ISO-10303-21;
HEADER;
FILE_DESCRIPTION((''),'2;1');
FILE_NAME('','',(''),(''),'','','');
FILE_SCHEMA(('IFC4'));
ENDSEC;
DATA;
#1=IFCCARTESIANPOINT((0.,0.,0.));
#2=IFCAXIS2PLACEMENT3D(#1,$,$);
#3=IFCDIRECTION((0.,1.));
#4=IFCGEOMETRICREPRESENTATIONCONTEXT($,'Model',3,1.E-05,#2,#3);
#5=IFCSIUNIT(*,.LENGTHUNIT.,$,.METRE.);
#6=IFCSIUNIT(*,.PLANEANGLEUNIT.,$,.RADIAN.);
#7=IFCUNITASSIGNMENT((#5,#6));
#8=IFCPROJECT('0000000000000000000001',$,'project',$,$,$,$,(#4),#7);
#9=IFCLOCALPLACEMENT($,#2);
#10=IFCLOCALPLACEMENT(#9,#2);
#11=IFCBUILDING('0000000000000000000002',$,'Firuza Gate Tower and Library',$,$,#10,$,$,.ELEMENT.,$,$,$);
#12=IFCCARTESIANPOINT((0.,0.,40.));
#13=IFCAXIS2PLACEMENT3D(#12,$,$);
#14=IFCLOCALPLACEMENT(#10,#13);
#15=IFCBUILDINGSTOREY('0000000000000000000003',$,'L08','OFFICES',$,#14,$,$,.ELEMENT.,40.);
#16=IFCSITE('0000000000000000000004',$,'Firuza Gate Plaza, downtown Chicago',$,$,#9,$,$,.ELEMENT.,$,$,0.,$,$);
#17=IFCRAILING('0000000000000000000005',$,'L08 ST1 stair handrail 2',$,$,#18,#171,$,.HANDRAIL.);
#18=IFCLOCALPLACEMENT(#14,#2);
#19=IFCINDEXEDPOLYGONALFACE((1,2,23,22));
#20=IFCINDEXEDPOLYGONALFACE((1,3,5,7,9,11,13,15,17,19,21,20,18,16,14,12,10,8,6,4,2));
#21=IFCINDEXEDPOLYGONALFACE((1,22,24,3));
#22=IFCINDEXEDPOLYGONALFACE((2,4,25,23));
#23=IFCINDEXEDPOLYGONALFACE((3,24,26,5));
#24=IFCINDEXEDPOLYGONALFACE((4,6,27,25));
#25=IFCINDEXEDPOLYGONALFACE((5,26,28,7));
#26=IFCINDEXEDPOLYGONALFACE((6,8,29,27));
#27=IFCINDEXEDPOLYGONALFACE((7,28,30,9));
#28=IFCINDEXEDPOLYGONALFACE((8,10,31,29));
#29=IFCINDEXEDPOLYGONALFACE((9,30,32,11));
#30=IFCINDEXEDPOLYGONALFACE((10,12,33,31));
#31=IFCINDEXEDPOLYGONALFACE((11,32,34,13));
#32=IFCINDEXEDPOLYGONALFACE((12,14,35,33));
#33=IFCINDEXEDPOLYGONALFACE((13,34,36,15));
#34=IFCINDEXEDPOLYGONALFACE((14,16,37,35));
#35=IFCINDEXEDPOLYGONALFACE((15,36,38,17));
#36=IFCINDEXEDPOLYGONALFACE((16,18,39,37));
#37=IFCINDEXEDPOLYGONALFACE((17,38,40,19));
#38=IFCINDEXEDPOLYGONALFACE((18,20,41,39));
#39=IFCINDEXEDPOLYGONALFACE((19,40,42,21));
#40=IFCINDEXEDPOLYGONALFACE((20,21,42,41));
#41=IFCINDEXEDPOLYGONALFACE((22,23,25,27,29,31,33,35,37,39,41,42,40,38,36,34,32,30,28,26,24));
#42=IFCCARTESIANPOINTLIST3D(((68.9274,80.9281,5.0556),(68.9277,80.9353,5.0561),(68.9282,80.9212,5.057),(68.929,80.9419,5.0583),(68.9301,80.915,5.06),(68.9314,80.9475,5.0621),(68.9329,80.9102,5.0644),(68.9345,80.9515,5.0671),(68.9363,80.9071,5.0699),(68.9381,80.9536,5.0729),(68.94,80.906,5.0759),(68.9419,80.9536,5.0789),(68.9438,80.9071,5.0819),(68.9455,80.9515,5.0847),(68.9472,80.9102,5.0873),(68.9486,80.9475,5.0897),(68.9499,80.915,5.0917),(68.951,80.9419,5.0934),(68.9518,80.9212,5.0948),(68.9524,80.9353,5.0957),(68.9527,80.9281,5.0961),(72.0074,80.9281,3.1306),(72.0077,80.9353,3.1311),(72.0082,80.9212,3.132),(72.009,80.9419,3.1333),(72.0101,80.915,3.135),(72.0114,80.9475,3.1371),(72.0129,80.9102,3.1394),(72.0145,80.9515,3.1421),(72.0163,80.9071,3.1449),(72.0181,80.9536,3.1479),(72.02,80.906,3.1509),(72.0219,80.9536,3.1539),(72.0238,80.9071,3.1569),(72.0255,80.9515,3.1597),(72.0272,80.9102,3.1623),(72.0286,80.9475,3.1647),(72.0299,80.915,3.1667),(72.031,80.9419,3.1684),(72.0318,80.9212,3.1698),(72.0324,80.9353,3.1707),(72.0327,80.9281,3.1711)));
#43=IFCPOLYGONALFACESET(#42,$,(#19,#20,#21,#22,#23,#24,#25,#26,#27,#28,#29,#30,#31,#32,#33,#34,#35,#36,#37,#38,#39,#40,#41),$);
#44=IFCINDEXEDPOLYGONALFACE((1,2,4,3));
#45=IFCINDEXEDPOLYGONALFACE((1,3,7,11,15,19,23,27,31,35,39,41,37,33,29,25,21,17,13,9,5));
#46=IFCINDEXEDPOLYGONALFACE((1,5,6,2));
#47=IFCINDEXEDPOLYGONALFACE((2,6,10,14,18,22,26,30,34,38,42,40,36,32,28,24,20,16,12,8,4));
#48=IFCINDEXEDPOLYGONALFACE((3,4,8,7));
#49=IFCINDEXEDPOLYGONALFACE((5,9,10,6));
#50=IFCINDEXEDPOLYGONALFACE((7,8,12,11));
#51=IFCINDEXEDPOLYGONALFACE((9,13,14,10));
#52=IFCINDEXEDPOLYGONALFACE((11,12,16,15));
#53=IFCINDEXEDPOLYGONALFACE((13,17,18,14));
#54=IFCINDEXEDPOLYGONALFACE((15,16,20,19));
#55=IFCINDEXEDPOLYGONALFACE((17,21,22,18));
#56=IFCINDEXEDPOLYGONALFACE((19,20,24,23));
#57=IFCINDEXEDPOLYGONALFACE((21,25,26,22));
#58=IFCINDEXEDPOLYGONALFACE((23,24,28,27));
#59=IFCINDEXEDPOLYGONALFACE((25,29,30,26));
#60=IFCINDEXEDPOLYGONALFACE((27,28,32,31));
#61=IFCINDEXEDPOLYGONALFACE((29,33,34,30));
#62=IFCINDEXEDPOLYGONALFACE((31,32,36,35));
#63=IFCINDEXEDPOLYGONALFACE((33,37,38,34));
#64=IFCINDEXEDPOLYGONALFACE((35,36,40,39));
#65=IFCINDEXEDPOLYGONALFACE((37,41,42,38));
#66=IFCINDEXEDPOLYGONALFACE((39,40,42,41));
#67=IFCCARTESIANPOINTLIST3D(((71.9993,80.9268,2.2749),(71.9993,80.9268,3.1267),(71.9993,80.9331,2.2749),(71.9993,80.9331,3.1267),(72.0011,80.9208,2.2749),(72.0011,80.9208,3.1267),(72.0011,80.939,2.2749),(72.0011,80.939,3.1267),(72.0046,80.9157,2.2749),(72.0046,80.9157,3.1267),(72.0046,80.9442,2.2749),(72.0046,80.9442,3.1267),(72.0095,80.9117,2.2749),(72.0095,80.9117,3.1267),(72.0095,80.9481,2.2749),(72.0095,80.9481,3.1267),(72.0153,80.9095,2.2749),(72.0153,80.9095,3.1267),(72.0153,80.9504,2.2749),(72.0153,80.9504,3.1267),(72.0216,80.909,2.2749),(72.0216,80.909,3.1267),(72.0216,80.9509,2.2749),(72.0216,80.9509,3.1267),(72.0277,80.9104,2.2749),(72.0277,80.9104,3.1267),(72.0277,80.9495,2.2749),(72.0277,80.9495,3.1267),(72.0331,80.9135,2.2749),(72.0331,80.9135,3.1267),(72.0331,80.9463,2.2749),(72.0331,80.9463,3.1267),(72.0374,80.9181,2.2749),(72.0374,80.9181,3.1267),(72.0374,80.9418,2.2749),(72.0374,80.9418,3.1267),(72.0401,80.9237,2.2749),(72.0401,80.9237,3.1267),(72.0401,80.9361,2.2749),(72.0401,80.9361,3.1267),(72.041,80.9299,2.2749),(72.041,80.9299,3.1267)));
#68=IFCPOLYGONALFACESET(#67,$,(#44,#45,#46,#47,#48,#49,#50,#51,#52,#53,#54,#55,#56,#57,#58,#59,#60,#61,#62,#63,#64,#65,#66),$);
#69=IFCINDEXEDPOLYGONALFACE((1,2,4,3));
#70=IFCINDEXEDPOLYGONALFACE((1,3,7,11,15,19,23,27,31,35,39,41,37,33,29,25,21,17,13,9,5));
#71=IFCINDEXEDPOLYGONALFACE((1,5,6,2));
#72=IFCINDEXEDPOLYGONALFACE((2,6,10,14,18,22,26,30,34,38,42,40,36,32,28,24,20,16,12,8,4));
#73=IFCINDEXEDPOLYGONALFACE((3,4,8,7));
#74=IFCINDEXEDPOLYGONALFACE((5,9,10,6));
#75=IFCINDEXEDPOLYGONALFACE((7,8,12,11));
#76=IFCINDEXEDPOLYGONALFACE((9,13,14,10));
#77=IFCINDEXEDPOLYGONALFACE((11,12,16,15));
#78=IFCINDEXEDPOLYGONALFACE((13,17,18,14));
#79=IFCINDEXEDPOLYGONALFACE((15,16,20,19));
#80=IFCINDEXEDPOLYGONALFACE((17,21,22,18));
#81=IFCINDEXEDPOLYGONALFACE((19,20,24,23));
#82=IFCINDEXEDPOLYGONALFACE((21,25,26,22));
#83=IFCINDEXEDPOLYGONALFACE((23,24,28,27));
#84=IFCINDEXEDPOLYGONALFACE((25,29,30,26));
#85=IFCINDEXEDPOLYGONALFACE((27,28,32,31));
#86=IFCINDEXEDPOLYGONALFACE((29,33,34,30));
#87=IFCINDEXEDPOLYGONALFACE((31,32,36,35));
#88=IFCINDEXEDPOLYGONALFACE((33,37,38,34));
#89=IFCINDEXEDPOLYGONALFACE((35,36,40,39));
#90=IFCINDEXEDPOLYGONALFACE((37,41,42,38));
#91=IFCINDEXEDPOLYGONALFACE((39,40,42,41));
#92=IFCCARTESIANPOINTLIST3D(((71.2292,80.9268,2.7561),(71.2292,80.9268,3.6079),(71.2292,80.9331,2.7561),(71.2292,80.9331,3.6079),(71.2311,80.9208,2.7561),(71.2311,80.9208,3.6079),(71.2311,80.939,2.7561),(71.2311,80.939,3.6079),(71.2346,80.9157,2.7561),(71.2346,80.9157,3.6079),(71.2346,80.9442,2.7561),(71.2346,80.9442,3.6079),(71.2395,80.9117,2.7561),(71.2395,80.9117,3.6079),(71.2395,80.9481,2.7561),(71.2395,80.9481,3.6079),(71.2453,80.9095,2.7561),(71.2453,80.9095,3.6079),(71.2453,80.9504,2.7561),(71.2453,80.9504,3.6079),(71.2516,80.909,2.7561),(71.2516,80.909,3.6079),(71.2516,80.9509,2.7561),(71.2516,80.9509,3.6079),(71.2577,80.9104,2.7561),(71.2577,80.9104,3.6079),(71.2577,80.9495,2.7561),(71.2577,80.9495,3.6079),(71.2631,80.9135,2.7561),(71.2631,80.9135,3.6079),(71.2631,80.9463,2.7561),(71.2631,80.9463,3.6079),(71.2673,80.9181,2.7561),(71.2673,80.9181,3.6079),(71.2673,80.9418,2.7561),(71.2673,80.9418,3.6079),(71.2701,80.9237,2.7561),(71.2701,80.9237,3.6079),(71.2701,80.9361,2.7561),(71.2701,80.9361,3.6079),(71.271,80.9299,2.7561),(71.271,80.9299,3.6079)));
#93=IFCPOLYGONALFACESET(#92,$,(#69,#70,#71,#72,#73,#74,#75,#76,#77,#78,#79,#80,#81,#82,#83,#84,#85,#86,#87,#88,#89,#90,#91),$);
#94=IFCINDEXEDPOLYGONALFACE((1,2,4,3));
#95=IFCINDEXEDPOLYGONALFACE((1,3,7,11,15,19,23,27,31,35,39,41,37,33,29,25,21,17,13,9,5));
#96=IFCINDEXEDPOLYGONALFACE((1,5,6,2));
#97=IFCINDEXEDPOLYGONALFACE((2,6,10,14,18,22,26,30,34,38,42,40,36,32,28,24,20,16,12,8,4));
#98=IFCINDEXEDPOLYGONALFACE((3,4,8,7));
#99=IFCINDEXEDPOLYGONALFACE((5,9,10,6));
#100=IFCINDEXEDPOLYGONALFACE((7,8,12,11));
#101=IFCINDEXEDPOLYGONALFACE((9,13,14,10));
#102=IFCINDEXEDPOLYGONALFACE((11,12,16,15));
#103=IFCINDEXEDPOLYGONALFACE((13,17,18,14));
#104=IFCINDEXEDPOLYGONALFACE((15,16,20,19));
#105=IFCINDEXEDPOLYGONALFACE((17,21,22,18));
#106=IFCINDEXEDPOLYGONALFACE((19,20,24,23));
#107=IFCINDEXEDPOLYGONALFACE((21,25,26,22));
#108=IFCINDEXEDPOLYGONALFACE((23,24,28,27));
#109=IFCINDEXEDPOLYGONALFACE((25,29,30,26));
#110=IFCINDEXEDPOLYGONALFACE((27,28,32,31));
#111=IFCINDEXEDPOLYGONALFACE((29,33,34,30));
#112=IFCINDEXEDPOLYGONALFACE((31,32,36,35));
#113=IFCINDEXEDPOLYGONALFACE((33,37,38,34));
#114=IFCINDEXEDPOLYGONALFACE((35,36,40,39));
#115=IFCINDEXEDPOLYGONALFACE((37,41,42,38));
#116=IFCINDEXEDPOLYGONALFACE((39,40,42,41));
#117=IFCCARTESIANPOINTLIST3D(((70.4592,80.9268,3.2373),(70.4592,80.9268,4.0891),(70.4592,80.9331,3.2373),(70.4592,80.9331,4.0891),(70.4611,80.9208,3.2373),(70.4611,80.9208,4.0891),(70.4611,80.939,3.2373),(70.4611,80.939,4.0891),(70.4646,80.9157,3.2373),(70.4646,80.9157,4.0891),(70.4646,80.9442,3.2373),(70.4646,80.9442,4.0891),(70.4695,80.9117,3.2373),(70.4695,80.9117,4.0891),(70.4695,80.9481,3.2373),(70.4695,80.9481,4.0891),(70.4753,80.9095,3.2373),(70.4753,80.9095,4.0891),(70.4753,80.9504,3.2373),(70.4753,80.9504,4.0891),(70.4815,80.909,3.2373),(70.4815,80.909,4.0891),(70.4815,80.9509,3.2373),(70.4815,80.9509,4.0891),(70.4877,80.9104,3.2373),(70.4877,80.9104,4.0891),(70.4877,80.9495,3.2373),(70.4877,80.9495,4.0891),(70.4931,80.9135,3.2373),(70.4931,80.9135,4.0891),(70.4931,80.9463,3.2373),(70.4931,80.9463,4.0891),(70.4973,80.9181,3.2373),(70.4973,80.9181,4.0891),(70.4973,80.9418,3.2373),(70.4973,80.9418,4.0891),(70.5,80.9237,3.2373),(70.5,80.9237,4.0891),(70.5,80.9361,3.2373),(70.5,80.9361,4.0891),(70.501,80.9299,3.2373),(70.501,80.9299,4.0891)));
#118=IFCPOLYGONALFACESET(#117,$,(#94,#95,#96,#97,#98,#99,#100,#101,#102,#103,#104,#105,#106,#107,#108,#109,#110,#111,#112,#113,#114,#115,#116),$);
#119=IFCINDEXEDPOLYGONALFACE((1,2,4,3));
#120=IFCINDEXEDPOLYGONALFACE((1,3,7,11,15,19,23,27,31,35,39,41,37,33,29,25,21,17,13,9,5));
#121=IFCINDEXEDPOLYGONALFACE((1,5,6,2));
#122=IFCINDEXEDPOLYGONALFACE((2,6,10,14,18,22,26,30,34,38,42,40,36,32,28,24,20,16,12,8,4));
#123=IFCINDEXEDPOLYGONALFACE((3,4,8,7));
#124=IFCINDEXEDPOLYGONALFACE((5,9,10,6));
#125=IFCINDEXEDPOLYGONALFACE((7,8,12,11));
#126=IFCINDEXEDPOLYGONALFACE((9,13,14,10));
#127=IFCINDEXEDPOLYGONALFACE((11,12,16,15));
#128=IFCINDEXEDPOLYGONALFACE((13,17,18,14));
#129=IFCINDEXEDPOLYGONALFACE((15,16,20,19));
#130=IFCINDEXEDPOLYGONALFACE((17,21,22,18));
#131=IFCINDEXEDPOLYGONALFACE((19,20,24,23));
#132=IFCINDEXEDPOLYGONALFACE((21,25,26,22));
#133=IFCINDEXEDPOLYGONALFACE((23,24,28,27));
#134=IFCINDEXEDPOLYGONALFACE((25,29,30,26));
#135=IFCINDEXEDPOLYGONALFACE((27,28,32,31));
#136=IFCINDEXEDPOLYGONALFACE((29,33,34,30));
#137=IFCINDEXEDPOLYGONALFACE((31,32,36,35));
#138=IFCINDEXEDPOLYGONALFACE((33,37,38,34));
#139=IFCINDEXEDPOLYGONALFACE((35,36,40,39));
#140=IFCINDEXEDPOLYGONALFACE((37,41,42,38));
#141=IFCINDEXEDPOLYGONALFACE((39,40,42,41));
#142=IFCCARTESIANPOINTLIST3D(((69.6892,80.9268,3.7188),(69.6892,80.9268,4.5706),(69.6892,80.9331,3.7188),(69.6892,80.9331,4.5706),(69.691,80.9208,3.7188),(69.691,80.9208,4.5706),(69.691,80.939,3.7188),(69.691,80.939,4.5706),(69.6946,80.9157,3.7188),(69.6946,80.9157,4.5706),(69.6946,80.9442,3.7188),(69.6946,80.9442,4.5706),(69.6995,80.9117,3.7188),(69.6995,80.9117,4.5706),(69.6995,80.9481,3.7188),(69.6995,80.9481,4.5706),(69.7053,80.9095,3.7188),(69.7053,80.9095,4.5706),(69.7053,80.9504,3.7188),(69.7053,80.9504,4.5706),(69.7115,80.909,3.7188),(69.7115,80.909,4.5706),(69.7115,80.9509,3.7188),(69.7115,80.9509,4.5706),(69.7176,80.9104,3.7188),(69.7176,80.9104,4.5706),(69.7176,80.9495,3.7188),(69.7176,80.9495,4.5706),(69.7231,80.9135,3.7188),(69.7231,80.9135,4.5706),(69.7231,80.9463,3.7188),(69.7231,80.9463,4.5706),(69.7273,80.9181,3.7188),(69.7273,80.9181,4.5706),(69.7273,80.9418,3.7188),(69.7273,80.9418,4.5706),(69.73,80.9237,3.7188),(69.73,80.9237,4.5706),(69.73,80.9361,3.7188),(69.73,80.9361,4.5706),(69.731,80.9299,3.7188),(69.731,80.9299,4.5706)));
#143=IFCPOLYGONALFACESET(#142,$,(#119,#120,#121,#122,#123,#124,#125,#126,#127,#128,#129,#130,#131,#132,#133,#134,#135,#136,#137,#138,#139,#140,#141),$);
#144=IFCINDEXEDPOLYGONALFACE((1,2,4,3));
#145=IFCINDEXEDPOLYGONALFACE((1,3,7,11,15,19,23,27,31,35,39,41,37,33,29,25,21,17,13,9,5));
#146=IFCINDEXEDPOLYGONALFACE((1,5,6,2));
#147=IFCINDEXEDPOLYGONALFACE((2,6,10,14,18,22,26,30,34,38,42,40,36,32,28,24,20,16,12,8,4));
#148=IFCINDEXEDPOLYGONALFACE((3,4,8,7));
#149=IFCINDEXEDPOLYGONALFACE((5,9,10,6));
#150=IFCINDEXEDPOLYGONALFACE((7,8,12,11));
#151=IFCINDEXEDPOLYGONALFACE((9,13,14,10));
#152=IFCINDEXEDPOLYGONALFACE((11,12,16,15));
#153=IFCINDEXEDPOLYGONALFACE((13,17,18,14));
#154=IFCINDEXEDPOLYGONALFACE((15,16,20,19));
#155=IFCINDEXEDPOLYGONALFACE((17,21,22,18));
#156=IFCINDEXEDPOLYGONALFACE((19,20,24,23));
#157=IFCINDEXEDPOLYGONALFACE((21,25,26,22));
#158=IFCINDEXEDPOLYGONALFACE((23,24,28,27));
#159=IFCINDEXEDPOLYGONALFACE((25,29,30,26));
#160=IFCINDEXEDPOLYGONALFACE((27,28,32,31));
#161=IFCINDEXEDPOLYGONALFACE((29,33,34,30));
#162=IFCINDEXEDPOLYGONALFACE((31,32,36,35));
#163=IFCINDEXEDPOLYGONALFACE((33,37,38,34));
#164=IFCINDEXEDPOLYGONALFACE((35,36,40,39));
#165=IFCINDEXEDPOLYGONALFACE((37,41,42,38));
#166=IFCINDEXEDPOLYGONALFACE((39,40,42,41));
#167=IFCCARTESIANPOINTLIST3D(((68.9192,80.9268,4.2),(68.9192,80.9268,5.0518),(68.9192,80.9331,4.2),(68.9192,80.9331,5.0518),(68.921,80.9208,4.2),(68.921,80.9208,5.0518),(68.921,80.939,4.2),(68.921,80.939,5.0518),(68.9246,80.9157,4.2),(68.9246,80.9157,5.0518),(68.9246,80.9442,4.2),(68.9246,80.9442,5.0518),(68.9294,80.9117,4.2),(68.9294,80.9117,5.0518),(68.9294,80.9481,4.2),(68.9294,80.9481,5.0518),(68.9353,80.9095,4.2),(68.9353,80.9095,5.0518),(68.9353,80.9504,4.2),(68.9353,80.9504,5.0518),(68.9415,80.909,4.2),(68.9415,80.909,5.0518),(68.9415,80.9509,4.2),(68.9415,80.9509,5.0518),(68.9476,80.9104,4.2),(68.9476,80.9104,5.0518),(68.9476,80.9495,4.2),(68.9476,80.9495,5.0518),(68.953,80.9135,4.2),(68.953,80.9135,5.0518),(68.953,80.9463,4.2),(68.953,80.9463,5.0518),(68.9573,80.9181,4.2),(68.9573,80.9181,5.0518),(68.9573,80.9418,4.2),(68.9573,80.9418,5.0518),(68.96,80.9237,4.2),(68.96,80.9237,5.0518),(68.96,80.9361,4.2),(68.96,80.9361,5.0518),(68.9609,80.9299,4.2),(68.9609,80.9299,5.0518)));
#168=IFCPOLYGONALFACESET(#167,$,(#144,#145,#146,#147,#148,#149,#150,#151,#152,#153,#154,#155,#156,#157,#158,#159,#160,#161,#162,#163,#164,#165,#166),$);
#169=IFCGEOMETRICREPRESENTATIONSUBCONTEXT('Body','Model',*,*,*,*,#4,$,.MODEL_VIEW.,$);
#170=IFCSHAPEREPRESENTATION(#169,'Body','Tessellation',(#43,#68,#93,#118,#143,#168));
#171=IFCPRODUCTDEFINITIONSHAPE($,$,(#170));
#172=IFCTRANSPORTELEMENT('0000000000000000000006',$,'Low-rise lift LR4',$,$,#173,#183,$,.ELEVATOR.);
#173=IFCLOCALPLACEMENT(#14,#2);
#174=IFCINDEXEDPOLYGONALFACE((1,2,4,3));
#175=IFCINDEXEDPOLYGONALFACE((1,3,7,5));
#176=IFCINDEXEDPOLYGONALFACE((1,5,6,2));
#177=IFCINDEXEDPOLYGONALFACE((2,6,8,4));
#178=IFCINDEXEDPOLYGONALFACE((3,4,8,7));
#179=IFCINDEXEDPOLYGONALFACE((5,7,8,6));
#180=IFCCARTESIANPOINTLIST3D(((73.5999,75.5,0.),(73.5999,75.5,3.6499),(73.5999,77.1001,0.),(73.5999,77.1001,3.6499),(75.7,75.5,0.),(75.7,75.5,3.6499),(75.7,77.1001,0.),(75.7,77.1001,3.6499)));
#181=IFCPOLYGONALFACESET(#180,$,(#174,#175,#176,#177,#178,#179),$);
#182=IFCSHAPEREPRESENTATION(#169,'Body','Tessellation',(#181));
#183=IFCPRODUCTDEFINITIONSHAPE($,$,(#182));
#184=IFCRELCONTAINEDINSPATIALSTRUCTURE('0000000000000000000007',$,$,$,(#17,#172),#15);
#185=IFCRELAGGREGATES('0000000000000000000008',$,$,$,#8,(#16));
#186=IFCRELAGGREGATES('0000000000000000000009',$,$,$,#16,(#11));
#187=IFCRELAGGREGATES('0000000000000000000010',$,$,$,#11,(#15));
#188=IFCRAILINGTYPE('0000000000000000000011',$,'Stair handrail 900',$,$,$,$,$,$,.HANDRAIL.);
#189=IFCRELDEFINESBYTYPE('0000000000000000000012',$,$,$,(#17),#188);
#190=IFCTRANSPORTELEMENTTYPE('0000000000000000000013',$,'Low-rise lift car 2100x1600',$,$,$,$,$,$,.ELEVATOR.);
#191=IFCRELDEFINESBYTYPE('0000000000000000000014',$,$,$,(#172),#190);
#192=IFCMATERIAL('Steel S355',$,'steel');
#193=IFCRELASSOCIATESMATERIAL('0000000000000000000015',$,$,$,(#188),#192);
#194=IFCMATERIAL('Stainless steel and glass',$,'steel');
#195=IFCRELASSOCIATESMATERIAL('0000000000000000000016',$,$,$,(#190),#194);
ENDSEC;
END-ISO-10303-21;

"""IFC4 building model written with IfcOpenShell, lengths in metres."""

from ifc_helpers import new_model, si_unit, direction, frame, origin, origin_2d, place, context, subcontext, project, spatial, rectangle, circle, extrude, material, type_object, element, save


model = new_model("IFC4")

# Units and contexts
model_context = context("Model", 3, precision=1e-05, world=origin(), true_north=direction((0.0, 1.0)))
body_context = subcontext(model_context, "Body", "Model", "MODEL_VIEW")
ifc_project = project(units=[si_unit("LENGTHUNIT", "METRE"), si_unit("PLANEANGLEUNIT", "RADIAN")], contexts=[model_context])

# Site, building, storey
site_placement = place(None, origin())
site = spatial("IfcSite", under=ifc_project, at=site_placement, Name="Firuza Gate Plaza, downtown Chicago", CompositionType="ELEMENT", RefElevation=0.0)
building_placement = place(site_placement, origin())
building = spatial("IfcBuilding", under=site, at=building_placement, Name="Firuza Gate Tower and Library", CompositionType="ELEMENT")
storey_placement = place(building_placement, frame((0.0, 0.0, 40.0)))
storey = spatial("IfcBuildingStorey", under=building, at=storey_placement, Name="L08", Description="OFFICES", CompositionType="ELEMENT", Elevation=40.0)

# Railing
ifc_material_1 = material(Name="Steel S355", Category="steel")
railing_type_1 = type_object("IfcRailingType", Name="Stair handrail 900", PredefinedType="HANDRAIL", material=ifc_material_1)
railing_1_placement = place(storey_placement, frame((72.02, 80.9299, 2.2749)))
element("IfcRailing", 1, at=railing_1_placement, inside=storey, type_object=railing_type_1, Name="L08 ST1 stair handrail 2", PredefinedType="HANDRAIL", context=body_context, shape_type="SweptSolid", body=[
    extrude(circle(Radius=0.0239, at=origin_2d()), frame((0.0, 0.0, 0.876), z_axis=(-0.847998, 0.0, 0.529999), x_axis=(0.0, -1.0, 0.0)), (0.0, 0.0, 1.0), 3.6321),
    extrude(circle(Radius=0.021, at=origin_2d()), origin(), (0.0, 0.0, 1.0), 0.8518),
    extrude(circle(Radius=0.021, at=origin_2d()), frame((-0.77, 0.0, 0.4812)), (0.0, 0.0, 1.0), 0.8518),
    extrude(circle(Radius=0.021, at=origin_2d()), frame((-1.54, 0.0, 0.9624)), (0.0, 0.0, 1.0), 0.8518),
    extrude(circle(Radius=0.021, at=origin_2d()), frame((-2.3101, 0.0, 1.4438)), (0.0, 0.0, 1.0), 0.8518),
    extrude(circle(Radius=0.021, at=origin_2d()), frame((-3.0801, 0.0, 1.925)), (0.0, 0.0, 1.0), 0.8518),
])

# Transport element
ifc_material_2 = material(Name="Stainless steel and glass", Category="steel")
transport_element_type = type_object("IfcTransportElementType", Name="Low-rise lift car 2100x1600", PredefinedType="ELEVATOR", material=ifc_material_2)
transport_element_placement = place(storey_placement, frame((74.6499, 76.3, 0.0), z_axis=(0.0, 0.0, 1.0), x_axis=(1.0, 0.0, 0.0)))
element("IfcTransportElement", 2, at=transport_element_placement, inside=storey, type_object=transport_element_type, Name="Low-rise lift LR4", PredefinedType="ELEVATOR", context=body_context, shape_type="SweptSolid", body=[
    extrude(rectangle(XDim=2.1001, YDim=1.6001, at=origin_2d()), origin(), (0.0, 0.0, 1.0), 3.6499),
])

save(model, "model.ifc")
